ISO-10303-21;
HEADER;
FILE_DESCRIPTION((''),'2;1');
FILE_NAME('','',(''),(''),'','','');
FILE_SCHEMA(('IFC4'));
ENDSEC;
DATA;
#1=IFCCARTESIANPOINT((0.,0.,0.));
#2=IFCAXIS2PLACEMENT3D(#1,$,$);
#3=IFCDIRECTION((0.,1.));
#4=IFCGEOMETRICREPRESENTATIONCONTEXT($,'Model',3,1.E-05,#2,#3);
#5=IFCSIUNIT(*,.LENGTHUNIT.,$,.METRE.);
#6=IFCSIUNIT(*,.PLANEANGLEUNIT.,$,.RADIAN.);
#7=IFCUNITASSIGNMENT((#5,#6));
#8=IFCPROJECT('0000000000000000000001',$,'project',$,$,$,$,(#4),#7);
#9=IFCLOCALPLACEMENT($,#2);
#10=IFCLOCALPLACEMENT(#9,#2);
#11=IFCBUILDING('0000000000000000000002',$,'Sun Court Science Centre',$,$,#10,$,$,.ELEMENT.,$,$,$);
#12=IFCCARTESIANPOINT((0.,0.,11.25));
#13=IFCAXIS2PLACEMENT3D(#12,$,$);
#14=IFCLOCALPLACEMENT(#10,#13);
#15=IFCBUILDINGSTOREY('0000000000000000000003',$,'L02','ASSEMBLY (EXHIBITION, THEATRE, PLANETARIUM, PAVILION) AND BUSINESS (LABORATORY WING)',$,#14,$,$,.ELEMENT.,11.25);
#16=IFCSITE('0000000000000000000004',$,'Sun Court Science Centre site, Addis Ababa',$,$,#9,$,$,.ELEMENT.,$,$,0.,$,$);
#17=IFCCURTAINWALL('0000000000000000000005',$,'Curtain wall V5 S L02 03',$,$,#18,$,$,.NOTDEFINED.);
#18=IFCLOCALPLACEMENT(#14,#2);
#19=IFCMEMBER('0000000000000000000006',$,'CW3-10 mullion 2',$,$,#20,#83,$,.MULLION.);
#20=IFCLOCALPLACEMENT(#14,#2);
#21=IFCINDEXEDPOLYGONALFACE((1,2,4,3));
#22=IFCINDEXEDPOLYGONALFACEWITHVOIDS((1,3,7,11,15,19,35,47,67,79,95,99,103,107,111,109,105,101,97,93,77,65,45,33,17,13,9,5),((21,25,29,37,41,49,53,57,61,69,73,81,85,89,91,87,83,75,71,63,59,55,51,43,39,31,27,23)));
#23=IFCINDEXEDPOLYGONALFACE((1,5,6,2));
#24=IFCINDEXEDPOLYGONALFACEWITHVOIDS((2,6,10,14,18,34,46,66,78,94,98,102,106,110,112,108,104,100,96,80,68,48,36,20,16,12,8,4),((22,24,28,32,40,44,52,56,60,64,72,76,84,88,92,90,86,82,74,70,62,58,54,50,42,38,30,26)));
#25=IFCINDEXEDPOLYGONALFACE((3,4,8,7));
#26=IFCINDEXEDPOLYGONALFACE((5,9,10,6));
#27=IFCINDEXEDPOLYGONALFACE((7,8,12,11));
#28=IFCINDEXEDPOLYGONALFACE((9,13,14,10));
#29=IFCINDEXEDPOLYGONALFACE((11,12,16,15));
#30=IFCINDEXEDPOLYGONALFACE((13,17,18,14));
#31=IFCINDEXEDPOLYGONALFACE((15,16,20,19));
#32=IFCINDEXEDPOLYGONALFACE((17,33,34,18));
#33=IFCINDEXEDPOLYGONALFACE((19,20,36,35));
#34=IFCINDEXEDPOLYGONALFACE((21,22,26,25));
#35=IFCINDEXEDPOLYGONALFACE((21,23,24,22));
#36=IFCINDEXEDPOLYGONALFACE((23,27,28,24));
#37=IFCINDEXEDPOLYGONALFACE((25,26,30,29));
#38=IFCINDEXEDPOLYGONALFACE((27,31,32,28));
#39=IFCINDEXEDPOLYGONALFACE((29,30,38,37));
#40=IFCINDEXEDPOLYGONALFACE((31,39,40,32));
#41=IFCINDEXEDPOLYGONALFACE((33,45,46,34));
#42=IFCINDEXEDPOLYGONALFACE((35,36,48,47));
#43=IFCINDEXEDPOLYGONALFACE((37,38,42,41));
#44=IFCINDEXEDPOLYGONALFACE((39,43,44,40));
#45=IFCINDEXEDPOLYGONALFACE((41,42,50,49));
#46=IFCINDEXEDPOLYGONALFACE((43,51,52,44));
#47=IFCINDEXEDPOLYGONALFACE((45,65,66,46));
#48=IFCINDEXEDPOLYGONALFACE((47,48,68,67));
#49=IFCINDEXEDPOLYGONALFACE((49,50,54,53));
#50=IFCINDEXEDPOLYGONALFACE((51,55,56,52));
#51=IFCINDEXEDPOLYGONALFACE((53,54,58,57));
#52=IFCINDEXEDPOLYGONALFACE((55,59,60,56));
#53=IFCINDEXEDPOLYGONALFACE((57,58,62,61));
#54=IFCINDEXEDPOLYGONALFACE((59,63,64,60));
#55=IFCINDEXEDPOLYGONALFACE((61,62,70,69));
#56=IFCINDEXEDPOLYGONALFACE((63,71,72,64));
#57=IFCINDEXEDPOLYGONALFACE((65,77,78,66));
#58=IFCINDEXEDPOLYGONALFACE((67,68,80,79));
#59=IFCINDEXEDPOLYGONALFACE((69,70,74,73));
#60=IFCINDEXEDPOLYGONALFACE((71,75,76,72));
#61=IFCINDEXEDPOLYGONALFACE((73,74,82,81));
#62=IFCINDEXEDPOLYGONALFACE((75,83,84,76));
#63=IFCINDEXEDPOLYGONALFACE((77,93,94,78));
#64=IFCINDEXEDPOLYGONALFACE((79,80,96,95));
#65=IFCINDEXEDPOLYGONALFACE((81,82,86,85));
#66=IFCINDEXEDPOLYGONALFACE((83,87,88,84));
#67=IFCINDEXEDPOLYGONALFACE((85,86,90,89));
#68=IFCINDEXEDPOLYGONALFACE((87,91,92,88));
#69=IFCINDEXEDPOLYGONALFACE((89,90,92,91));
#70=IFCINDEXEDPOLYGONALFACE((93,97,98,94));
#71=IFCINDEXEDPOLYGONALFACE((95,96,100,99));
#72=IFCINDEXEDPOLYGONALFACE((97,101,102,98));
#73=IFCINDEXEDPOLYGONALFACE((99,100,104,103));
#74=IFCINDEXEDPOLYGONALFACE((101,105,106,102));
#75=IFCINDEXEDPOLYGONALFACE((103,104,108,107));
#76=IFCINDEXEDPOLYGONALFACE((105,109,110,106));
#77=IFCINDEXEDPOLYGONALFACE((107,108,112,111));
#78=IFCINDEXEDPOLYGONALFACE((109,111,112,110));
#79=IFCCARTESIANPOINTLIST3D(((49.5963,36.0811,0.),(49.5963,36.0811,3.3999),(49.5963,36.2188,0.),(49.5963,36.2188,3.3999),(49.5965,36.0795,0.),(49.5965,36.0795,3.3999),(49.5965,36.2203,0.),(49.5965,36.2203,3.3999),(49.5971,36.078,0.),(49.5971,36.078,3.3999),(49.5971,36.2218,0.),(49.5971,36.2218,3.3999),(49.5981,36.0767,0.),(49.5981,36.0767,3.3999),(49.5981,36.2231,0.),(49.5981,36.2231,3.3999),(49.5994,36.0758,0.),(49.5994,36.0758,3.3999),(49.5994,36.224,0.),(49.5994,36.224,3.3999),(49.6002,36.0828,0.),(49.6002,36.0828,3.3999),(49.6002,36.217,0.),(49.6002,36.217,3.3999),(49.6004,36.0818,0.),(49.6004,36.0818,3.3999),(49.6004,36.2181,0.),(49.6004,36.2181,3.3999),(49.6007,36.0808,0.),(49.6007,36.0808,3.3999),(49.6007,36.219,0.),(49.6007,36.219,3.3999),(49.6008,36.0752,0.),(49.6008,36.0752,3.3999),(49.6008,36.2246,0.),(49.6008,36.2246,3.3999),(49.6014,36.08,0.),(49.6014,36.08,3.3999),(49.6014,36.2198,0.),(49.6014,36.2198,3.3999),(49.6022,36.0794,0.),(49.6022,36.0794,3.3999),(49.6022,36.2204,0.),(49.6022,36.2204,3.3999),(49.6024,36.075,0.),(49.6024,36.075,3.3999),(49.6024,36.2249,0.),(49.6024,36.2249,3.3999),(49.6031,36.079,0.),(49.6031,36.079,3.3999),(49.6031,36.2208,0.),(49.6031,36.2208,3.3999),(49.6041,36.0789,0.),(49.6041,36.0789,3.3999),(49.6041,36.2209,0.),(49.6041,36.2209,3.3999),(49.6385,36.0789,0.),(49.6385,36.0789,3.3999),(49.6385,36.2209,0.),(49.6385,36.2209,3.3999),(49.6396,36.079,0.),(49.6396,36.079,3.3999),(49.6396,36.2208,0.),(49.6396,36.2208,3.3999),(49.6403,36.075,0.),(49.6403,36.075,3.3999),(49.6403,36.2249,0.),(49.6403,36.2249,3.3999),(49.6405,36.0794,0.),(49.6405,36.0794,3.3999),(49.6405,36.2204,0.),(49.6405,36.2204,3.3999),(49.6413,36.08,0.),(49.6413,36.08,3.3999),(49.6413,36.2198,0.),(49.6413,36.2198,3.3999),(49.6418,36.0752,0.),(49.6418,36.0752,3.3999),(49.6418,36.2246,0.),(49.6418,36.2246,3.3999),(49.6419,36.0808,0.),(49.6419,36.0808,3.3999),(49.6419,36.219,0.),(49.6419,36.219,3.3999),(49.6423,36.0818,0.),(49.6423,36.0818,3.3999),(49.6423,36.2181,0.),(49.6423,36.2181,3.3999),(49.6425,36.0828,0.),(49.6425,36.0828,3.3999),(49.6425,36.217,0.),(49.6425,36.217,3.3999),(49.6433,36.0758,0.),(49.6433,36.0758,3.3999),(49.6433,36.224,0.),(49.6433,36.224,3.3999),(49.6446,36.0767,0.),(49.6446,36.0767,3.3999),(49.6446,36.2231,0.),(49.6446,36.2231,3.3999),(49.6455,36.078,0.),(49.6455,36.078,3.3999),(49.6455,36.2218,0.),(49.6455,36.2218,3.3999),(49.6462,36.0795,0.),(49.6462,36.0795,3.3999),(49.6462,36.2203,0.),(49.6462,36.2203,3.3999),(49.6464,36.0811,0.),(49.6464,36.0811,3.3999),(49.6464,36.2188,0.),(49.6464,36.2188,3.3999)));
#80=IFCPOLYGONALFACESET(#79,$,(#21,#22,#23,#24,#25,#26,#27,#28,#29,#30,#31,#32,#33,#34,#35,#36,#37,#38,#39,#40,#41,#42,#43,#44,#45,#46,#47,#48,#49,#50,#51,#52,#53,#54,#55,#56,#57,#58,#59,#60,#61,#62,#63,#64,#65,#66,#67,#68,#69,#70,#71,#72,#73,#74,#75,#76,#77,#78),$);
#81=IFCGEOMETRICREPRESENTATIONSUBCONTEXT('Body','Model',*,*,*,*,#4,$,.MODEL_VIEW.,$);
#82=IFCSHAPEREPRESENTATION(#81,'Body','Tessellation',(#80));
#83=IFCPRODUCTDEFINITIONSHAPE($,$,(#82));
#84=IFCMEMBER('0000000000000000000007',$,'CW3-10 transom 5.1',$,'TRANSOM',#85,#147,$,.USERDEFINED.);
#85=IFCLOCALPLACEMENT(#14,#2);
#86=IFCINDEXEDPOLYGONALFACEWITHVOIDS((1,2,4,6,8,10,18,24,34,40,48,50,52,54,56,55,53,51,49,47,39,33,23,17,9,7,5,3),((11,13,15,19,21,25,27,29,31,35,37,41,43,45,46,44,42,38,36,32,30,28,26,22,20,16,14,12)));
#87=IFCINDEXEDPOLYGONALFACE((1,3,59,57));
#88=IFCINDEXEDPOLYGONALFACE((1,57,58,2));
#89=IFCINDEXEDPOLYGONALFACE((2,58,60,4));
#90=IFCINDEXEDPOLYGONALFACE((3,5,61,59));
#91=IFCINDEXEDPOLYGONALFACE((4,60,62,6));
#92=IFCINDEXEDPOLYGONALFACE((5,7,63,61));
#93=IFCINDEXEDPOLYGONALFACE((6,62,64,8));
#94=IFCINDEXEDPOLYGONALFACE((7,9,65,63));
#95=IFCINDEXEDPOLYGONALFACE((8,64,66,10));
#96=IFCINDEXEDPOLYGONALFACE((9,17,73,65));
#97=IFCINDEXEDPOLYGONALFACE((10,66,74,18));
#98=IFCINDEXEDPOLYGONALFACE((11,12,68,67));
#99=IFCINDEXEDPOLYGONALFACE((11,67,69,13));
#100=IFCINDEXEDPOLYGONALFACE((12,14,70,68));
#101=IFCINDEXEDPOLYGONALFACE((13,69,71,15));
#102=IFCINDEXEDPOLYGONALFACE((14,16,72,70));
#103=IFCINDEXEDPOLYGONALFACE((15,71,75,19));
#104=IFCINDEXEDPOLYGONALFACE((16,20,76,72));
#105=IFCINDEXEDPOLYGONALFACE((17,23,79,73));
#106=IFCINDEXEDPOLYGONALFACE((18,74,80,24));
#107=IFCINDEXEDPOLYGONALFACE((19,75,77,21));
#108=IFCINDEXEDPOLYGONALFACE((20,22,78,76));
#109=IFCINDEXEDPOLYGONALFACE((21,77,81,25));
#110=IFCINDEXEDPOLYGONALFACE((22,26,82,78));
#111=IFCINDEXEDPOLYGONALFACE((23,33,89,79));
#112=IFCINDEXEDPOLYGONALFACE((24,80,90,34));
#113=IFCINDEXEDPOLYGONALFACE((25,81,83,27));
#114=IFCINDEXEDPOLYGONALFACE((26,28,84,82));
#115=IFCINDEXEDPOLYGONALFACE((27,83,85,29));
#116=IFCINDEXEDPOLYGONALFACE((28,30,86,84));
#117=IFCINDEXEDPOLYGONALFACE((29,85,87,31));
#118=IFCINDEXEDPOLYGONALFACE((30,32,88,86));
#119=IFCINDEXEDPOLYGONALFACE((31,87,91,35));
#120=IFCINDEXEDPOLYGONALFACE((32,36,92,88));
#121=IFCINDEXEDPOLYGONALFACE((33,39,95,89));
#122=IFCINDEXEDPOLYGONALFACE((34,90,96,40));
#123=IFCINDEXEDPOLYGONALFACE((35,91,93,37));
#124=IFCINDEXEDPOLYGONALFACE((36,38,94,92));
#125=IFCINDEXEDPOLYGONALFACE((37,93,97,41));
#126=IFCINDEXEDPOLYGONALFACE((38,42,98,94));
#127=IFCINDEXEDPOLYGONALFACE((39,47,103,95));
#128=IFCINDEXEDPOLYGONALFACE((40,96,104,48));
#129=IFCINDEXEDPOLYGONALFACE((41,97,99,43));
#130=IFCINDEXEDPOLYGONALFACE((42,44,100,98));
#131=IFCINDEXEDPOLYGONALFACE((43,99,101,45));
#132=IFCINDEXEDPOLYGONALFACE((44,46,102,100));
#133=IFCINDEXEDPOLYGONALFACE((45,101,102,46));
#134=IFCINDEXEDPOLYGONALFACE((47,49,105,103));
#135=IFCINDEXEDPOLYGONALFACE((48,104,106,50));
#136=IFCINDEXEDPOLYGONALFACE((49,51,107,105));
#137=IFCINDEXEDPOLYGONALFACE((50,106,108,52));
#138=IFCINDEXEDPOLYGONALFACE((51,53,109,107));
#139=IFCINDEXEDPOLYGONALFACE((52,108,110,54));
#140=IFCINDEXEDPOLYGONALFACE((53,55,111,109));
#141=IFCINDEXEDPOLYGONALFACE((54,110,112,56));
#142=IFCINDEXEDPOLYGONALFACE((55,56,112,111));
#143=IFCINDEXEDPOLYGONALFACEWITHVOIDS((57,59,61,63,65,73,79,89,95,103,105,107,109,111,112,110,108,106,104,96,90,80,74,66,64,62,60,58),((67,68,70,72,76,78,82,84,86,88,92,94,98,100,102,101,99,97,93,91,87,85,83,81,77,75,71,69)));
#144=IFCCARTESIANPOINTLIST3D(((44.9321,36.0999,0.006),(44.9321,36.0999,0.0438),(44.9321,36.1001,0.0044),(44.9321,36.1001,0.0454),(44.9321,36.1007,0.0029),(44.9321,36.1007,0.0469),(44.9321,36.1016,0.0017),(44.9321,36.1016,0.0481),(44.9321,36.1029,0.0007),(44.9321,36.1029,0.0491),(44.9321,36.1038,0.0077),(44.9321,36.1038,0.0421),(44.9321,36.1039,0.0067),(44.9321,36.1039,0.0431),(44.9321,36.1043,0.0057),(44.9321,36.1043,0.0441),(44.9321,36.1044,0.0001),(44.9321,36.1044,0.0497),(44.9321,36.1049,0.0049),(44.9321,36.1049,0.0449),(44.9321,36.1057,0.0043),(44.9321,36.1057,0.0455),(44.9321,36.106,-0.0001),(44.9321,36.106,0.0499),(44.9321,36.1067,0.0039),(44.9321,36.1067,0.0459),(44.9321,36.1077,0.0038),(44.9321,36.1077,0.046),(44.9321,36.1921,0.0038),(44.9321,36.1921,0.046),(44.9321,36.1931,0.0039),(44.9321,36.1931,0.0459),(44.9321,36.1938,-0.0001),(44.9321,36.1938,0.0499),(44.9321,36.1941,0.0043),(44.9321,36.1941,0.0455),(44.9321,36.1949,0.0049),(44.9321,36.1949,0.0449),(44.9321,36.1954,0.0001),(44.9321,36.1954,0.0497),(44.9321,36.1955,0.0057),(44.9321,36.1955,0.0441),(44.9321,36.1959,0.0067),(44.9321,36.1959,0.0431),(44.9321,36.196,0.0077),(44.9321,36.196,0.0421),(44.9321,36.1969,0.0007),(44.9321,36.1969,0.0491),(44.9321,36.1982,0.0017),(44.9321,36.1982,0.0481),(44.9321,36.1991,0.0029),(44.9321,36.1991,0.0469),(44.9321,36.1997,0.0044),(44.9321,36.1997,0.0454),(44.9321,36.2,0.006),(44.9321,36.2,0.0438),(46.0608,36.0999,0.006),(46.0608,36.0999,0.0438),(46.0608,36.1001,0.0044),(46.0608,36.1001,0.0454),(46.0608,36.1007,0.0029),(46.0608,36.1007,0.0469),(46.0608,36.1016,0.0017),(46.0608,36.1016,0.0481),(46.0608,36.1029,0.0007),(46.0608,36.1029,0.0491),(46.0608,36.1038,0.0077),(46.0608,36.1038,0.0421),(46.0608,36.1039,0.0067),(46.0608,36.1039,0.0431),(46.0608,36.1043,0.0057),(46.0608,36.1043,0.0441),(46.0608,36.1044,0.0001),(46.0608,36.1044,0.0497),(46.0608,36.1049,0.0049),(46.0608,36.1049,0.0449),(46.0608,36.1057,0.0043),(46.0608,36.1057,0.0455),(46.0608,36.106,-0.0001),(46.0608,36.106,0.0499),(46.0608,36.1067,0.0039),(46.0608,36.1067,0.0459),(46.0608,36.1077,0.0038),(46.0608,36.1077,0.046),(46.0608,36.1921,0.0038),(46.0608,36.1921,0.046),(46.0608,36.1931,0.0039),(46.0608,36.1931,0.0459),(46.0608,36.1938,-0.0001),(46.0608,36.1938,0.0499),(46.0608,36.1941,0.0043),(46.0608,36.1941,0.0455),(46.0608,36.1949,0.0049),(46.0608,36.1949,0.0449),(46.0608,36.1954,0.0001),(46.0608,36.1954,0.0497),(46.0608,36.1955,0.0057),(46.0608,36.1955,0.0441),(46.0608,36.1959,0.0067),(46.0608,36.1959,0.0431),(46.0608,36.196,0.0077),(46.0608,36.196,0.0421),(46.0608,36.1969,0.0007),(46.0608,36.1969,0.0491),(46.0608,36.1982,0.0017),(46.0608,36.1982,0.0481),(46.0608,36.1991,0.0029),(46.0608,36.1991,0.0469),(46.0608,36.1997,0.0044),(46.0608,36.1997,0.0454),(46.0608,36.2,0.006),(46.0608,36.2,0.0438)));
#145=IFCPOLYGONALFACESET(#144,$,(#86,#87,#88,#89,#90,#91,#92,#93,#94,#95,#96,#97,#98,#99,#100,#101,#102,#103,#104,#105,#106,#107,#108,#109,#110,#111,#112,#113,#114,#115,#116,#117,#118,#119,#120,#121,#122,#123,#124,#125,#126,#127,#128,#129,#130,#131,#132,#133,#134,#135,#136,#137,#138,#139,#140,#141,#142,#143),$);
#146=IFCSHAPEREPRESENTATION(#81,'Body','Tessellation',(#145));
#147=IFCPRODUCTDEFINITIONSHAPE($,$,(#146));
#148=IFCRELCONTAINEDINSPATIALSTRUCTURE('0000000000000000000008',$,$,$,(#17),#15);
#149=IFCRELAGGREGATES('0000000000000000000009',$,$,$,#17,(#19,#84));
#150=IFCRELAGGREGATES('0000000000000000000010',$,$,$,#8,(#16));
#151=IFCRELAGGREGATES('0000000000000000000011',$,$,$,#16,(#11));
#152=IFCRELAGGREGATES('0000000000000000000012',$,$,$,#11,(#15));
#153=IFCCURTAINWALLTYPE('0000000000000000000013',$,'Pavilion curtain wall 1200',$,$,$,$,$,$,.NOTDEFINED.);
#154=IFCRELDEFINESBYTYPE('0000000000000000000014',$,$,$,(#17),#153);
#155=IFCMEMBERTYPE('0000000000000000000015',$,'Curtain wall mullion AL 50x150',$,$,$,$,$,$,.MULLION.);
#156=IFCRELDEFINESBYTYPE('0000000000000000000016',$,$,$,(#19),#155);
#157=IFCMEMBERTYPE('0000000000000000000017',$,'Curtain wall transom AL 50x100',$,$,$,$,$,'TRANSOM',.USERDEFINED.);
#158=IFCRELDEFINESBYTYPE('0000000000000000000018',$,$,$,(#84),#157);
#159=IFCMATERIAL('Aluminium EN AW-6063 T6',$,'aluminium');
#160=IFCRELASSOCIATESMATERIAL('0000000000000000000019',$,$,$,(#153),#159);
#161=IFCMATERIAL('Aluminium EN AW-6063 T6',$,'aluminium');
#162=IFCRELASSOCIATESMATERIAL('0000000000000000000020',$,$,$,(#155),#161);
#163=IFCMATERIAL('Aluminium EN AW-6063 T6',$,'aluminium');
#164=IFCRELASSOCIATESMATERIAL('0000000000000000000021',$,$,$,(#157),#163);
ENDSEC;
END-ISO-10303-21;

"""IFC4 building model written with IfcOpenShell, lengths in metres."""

from ifc_helpers import new_model, si_unit, direction, frame, origin, origin_2d, place, context, subcontext, project, spatial, hollow_rectangle, extrude, material, material_profile, profile_set, type_object, element, aggregate, save


model = new_model("IFC4")

# Units and contexts
model_context = context("Model", 3, precision=1e-05, world=origin(), true_north=direction((0.0, 1.0)))
body_context = subcontext(model_context, "Body", "Model", "MODEL_VIEW")
ifc_project = project(units=[si_unit("LENGTHUNIT", "METRE"), si_unit("PLANEANGLEUNIT", "RADIAN")], contexts=[model_context])

# Site, building, storey
site_placement = place(None, origin())
site = spatial("IfcSite", under=ifc_project, at=site_placement, Name="Sun Court Science Centre site, Addis Ababa", CompositionType="ELEMENT", RefElevation=0.0)
building_placement = place(site_placement, origin())
building = spatial("IfcBuilding", under=site, at=building_placement, Name="Sun Court Science Centre", CompositionType="ELEMENT")
storey_placement = place(building_placement, frame((0.0, 0.0, 11.25)))
storey = spatial("IfcBuildingStorey", under=building, at=storey_placement, Name="L02", Description="ASSEMBLY (EXHIBITION, THEATRE, PLANETARIUM, PAVILION) AND BUSINESS (LABORATORY WING)", CompositionType="ELEMENT", Elevation=11.25)

# Curtain wall, members
ifc_material_1 = material(Name="Aluminium EN AW-6063 T6", Category="aluminium")
curtain_wall_type = type_object("IfcCurtainWallType", Name="Pavilion curtain wall 1200", PredefinedType="NOTDEFINED", material=ifc_material_1)
curtain_wall_placement = place(storey_placement, origin())
curtain_wall = element("IfcCurtainWall", 1, at=curtain_wall_placement, inside=storey, type_object=curtain_wall_type, Name="Curtain wall V5 S L02 03", PredefinedType="NOTDEFINED")
ifc_material_2 = material(Name="Aluminium EN AW-6063 T6", Category="aluminium")
ifc_material_profile_1 = material_profile(ifc_material_2, hollow_rectangle(XDim=0.05, YDim=0.1499, WallThickness=0.0039, InnerFilletRadius=0.0039, OuterFilletRadius=0.0061, at=origin_2d()), Name="AL 50x150x4")
ifc_profile_set_1 = profile_set([ifc_material_profile_1], Name="Aluminium EN AW-6063 T6")
member_type_1 = type_object("IfcMemberType", Name="Curtain wall mullion AL 50x150", PredefinedType="MULLION", material=ifc_profile_set_1)
member_1_placement = place(storey_placement, frame((49.6213, 36.1499, 0.0), z_axis=(0.0, 0.0, 1.0), x_axis=(-1.0, 0.0, 0.0)))
member_1 = element("IfcMember", 2, at=member_1_placement, type_object=member_type_1, Name="CW3-10 mullion 2", PredefinedType="MULLION", context=body_context, shape_type="SweptSolid", body=[
    extrude(hollow_rectangle(XDim=0.05, YDim=0.1499, WallThickness=0.0039, InnerFilletRadius=0.0039, OuterFilletRadius=0.0061, at=origin_2d()), origin(), (0.0, 0.0, 1.0), 3.3999),
])
ifc_material_3 = material(Name="Aluminium EN AW-6063 T6", Category="aluminium")
ifc_material_profile_2 = material_profile(ifc_material_3, hollow_rectangle(XDim=0.05, YDim=0.1001, WallThickness=0.0039, InnerFilletRadius=0.0039, OuterFilletRadius=0.0061, at=origin_2d()), Name="AL 50x100x4")
ifc_profile_set_2 = profile_set([ifc_material_profile_2], Name="Aluminium EN AW-6063 T6")
member_type_2 = type_object("IfcMemberType", Name="Curtain wall transom AL 50x100", ElementType="TRANSOM", PredefinedType="USERDEFINED", material=ifc_profile_set_2)
member_2_placement = place(storey_placement, frame((46.0608, 36.1499, 0.0249), z_axis=(-1.0, 0.0, 0.0), x_axis=(0.0, 0.0, 1.0)))
member_2 = element("IfcMember", 3, at=member_2_placement, type_object=member_type_2, Name="CW3-10 transom 5.1", ObjectType="TRANSOM", PredefinedType="USERDEFINED", context=body_context, shape_type="SweptSolid", body=[
    extrude(hollow_rectangle(XDim=0.05, YDim=0.1001, WallThickness=0.0039, InnerFilletRadius=0.0039, OuterFilletRadius=0.0061, at=origin_2d()), origin(), (0.0, 0.0, 1.0), 1.1287),
])
aggregate(curtain_wall, [member_1, member_2])

save(model, "model.ifc")
